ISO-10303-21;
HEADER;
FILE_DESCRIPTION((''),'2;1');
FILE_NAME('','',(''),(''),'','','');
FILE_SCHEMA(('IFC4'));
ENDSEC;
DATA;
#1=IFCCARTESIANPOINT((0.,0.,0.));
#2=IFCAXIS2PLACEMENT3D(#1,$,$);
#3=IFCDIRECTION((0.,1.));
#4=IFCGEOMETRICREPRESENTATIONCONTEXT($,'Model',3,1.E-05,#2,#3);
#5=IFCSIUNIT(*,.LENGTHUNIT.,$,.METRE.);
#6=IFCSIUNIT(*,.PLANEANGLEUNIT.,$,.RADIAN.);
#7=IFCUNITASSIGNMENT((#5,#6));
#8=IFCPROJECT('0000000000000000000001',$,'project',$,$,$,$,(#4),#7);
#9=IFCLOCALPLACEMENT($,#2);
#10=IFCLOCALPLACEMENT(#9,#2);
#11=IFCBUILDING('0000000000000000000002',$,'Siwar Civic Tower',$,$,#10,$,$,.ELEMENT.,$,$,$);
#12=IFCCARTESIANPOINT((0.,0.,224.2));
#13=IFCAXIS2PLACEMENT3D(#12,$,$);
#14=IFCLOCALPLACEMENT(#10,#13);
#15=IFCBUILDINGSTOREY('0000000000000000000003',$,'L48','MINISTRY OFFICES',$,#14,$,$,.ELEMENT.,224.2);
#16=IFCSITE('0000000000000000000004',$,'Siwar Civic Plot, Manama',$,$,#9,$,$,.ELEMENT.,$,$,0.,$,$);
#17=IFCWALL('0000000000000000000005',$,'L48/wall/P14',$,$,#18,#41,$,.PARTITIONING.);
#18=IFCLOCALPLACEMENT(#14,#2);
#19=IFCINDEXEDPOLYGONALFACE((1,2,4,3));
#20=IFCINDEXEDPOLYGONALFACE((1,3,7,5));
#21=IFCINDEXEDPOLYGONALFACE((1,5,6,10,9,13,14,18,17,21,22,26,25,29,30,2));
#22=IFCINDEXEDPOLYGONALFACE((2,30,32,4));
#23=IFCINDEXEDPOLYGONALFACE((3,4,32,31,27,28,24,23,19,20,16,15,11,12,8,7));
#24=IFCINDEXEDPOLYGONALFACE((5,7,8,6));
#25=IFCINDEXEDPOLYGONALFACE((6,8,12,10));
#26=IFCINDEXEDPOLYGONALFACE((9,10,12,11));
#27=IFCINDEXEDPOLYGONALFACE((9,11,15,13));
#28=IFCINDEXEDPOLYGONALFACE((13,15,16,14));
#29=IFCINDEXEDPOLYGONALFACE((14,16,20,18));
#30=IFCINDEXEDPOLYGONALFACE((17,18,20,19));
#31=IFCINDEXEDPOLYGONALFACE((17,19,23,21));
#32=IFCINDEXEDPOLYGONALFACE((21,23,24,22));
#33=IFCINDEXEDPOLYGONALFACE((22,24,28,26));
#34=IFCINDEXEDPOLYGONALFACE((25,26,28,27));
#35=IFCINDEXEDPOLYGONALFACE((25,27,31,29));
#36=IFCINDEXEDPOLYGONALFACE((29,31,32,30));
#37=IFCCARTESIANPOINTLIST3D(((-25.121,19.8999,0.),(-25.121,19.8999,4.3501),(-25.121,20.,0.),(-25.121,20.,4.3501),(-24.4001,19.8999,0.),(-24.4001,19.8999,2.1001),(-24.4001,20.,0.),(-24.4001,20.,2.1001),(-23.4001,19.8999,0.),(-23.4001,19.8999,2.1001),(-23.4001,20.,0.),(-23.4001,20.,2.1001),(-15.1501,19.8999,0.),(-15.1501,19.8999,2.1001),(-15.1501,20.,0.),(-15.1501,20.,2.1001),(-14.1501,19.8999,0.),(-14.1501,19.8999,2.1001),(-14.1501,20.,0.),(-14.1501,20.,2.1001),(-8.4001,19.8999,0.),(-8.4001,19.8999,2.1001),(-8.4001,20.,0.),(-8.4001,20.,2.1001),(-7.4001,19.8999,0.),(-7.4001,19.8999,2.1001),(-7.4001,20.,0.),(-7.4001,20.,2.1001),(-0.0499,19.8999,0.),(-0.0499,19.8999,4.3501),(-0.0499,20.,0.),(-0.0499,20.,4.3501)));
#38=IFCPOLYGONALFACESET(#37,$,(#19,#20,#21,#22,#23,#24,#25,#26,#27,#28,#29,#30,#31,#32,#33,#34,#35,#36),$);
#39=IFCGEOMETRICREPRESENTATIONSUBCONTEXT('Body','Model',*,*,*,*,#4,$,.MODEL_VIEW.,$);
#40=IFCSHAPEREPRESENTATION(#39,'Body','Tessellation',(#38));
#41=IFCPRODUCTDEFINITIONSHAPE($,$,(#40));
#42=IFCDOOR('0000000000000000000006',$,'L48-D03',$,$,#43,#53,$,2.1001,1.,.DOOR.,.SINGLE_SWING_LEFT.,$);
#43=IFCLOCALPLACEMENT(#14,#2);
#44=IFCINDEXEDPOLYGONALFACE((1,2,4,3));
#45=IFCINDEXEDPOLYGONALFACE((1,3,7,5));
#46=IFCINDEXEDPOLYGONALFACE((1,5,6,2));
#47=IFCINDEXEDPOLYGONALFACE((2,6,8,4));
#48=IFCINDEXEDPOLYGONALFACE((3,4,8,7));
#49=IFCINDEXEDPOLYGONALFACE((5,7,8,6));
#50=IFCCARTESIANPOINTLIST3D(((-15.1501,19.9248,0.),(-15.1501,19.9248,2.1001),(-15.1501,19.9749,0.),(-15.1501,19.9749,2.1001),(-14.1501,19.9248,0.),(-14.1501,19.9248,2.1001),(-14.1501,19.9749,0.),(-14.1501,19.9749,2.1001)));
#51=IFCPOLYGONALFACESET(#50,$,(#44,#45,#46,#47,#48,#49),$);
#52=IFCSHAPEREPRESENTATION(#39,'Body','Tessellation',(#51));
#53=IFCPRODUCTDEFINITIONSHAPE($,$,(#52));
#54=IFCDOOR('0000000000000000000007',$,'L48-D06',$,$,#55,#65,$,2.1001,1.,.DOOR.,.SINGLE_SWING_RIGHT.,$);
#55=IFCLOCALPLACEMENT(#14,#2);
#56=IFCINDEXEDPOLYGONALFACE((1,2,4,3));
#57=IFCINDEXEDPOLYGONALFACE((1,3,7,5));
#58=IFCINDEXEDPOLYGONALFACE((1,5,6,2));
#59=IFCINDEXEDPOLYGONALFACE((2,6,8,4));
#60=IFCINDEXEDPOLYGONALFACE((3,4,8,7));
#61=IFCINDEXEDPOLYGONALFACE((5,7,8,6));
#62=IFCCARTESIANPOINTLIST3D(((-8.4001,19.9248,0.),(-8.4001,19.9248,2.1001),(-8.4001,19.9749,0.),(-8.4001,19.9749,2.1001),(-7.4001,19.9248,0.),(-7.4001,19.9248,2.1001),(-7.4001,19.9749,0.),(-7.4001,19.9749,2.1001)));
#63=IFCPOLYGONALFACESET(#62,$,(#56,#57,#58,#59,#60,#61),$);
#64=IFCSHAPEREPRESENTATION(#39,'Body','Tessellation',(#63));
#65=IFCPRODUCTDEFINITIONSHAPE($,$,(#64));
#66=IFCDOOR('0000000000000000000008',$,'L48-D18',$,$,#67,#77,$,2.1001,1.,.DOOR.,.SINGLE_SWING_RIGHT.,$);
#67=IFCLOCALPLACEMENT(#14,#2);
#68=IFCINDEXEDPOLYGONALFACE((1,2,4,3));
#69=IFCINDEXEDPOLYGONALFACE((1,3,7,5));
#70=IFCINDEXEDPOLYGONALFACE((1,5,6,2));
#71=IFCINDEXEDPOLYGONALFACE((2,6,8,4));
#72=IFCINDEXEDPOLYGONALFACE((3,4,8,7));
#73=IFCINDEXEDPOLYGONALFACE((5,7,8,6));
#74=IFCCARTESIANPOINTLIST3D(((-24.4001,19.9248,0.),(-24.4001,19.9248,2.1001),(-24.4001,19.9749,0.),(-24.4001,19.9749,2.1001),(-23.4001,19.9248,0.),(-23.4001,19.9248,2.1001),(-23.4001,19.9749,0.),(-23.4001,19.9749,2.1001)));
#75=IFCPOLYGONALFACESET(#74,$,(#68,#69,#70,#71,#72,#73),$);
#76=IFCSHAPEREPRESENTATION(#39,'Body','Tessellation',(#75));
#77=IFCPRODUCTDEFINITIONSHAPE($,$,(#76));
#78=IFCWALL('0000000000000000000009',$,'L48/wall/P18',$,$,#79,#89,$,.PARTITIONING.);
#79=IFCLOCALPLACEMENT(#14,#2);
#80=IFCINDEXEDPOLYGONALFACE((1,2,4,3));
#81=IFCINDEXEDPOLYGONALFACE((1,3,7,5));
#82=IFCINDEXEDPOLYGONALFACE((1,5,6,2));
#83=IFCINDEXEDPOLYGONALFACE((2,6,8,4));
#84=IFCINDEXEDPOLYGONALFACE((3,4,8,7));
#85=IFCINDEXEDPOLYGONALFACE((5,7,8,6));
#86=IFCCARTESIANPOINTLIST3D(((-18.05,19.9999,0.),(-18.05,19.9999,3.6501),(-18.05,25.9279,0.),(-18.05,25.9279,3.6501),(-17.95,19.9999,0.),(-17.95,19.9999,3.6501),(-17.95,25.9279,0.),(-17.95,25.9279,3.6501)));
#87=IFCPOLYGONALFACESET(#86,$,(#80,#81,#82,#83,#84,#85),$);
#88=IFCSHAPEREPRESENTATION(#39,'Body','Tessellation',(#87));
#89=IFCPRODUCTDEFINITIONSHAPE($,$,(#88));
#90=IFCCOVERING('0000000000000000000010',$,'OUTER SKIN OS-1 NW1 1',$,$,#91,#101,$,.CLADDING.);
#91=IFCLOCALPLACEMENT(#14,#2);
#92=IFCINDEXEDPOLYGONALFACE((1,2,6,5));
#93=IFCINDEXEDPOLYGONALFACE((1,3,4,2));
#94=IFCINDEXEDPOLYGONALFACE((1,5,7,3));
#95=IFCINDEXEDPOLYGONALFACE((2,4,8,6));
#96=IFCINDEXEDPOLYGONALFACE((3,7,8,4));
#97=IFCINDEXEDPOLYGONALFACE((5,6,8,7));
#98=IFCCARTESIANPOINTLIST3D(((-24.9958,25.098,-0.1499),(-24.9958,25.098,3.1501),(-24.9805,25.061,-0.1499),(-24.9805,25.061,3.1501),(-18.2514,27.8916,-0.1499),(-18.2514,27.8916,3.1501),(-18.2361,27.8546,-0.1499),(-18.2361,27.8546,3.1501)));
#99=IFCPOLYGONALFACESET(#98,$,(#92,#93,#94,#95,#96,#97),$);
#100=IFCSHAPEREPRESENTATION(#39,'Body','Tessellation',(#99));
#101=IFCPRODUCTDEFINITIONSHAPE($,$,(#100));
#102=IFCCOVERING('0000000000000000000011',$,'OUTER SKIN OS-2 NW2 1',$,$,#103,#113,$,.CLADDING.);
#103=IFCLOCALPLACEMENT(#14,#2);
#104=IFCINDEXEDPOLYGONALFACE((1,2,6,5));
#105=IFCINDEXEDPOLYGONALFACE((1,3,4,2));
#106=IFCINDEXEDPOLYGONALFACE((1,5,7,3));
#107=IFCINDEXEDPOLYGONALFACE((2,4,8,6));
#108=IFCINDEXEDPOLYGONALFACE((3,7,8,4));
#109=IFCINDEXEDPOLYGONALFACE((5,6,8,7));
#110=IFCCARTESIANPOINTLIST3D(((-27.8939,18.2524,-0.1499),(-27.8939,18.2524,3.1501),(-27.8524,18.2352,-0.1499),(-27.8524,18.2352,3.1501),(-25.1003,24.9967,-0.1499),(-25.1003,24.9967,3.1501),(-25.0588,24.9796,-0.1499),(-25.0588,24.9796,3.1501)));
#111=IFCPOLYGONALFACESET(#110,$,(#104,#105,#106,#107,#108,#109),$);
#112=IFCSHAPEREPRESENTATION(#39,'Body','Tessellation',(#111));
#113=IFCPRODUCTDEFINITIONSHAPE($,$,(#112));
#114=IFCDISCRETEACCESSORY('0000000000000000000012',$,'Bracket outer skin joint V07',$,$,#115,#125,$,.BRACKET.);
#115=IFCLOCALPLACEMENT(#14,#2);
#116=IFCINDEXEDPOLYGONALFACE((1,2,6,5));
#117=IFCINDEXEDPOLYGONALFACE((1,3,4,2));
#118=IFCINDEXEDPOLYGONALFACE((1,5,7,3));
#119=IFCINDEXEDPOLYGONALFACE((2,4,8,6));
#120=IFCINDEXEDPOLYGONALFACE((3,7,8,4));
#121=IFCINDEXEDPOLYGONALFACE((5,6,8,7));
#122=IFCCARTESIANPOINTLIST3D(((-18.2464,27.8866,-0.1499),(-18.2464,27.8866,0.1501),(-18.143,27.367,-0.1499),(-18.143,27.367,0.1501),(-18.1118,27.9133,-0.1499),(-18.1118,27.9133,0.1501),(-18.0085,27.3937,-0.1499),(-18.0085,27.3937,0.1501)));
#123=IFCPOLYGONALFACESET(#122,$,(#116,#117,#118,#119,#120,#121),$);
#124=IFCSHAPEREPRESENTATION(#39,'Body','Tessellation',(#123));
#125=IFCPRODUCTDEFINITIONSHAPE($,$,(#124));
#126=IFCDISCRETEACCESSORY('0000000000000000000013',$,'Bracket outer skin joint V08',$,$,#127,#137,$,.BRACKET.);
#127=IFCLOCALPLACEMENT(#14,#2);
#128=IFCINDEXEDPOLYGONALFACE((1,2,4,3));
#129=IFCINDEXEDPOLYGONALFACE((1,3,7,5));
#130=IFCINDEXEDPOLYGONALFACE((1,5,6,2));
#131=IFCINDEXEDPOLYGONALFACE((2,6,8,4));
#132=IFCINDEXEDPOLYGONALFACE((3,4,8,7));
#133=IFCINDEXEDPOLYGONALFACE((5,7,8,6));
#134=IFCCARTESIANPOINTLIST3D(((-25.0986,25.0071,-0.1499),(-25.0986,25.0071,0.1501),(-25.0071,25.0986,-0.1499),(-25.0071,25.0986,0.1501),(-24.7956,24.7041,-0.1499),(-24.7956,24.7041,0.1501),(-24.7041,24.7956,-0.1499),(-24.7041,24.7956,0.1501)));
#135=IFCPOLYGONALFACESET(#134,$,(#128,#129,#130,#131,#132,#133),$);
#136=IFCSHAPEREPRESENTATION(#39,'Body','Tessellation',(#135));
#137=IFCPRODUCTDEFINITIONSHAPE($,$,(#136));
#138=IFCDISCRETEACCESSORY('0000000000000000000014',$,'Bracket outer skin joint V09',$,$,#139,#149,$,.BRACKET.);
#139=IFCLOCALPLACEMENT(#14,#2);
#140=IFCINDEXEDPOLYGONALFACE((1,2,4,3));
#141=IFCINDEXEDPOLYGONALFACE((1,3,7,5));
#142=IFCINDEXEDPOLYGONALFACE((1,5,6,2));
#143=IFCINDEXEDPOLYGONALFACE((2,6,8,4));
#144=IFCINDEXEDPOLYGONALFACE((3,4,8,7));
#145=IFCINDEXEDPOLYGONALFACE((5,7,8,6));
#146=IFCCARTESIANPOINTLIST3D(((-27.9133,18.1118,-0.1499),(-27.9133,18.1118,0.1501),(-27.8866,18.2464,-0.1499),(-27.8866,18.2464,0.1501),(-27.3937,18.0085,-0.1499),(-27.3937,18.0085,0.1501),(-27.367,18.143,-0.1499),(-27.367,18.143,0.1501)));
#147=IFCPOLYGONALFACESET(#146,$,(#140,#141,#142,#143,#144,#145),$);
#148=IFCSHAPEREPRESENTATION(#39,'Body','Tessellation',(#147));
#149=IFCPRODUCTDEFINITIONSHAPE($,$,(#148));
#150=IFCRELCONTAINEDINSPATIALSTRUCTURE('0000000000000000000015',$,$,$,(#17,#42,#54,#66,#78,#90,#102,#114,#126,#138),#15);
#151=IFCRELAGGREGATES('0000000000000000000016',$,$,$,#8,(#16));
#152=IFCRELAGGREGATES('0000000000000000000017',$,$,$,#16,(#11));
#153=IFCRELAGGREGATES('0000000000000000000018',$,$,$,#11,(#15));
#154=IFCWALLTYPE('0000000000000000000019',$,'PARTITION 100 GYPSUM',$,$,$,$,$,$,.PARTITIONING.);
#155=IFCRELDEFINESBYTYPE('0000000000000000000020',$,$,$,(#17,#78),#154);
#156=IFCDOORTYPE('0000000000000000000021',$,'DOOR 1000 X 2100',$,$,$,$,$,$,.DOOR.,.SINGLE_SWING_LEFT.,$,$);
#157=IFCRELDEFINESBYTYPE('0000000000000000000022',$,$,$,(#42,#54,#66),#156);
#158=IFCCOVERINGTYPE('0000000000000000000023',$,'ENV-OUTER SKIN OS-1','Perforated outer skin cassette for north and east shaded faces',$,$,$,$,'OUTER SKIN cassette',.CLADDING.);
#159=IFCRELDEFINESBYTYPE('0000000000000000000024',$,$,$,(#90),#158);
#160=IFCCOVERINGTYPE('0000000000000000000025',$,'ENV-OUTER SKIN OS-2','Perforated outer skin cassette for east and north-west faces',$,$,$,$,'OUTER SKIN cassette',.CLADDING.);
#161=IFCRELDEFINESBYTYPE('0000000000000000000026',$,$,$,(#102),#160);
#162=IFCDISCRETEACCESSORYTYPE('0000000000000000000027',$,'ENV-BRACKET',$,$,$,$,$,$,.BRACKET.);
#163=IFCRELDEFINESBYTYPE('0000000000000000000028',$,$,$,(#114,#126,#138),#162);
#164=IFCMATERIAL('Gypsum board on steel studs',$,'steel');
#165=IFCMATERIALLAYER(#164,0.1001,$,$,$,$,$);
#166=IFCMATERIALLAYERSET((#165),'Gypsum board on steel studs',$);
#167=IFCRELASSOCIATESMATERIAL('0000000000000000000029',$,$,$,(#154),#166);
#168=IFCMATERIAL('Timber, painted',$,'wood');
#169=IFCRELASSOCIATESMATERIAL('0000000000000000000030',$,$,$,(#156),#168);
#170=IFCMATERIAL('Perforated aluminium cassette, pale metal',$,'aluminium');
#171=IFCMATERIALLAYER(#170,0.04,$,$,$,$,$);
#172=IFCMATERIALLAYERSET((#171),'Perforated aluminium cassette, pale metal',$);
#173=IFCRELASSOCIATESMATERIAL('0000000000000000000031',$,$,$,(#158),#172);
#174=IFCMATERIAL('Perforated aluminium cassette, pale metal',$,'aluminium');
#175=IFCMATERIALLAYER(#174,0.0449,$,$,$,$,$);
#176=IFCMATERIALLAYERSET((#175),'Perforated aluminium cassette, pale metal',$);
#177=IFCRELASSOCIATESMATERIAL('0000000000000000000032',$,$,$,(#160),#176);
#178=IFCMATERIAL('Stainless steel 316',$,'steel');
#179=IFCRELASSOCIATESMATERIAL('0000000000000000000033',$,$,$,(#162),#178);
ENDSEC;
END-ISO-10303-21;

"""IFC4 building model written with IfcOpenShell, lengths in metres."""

from ifc_helpers import new_model, si_unit, direction, frame, frame_2d, origin, origin_2d, place, context, subcontext, project, spatial, rectangle, extrude, material, layer, layer_set, type_object, element, fill, save


model = new_model("IFC4")

# Units and contexts
model_context = context("Model", 3, precision=1e-05, world=origin(), true_north=direction((0.0, 1.0)))
body_context = subcontext(model_context, "Body", "Model", "MODEL_VIEW")
ifc_project = project(units=[si_unit("LENGTHUNIT", "METRE"), si_unit("PLANEANGLEUNIT", "RADIAN")], contexts=[model_context])

# Site, building, storey
site_placement = place(None, origin())
site = spatial("IfcSite", under=ifc_project, at=site_placement, Name="Siwar Civic Plot, Manama", CompositionType="ELEMENT", RefElevation=0.0)
building_placement = place(site_placement, origin())
building = spatial("IfcBuilding", under=site, at=building_placement, Name="Siwar Civic Tower", CompositionType="ELEMENT")
storey_placement = place(building_placement, frame((0.0, 0.0, 224.2)))
storey = spatial("IfcBuildingStorey", under=building, at=storey_placement, Name="L48", Description="MINISTRY OFFICES", CompositionType="ELEMENT", Elevation=224.2)

# Wall, openings, doors
ifc_material_1 = material(Name="Gypsum board on steel studs", Category="steel")
ifc_layer_1 = layer(ifc_material_1, 0.1001)
ifc_layer_set_1 = layer_set([ifc_layer_1], Name="Gypsum board on steel studs")
wall_type = type_object("IfcWallType", Name="PARTITION 100 GYPSUM", PredefinedType="PARTITIONING", material=ifc_layer_set_1)
wall_1_placement = place(storey_placement, frame((-25.1211, 19.95, 0.0), z_axis=(0.0, 0.0, 1.0), x_axis=(1.0, 0.0, 0.0)))
wall_1 = element("IfcWall", 1, at=wall_1_placement, inside=storey, type_object=wall_type, Name="L48/wall/P14", PredefinedType="PARTITIONING", context=body_context, shape_type="SweptSolid", body=[
    extrude(rectangle(XDim=25.071, YDim=0.1001, at=frame_2d((12.5356, 0.0))), origin(), (0.0, 0.0, 1.0), 4.3501),
])
opening_1_placement = place(wall_1_placement, frame((9.9709, 0.0, 0.0)))
opening_1 = element("IfcOpeningElement", 2, at=opening_1_placement, cuts=wall_1, PredefinedType="OPENING", context=body_context, shape_type="SweptSolid", body=[
    extrude(rectangle(XDim=1.0, YDim=2.1001, at=frame_2d((0.5, 1.05))), frame((0.0, 0.0601, 0.0), z_axis=(0.0, -1.0, 0.0), x_axis=(1.0, 0.0, 0.0)), (0.0, 0.0, 1.0), 0.1201),
])
opening_2_placement = place(wall_1_placement, frame((16.7209, 0.0, 0.0)))
opening_2 = element("IfcOpeningElement", 3, at=opening_2_placement, cuts=wall_1, PredefinedType="OPENING", context=body_context, shape_type="SweptSolid", body=[
    extrude(rectangle(XDim=1.0, YDim=2.1001, at=frame_2d((0.5, 1.05))), frame((0.0, 0.0601, 0.0), z_axis=(0.0, -1.0, 0.0), x_axis=(1.0, 0.0, 0.0)), (0.0, 0.0, 1.0), 0.1201),
])
opening_3_placement = place(wall_1_placement, frame((0.7209, 0.0, 0.0)))
opening_3 = element("IfcOpeningElement", 4, at=opening_3_placement, cuts=wall_1, PredefinedType="OPENING", context=body_context, shape_type="SweptSolid", body=[
    extrude(rectangle(XDim=1.0, YDim=2.1001, at=frame_2d((0.5, 1.05))), frame((0.0, 0.0601, 0.0), z_axis=(0.0, -1.0, 0.0), x_axis=(1.0, 0.0, 0.0)), (0.0, 0.0, 1.0), 0.1201),
])
ifc_material_2 = material(Name="Timber, painted", Category="wood")
door_type = type_object("IfcDoorType", Name="DOOR 1000 X 2100", OperationType="SINGLE_SWING_LEFT", PredefinedType="DOOR", material=ifc_material_2)
door_1_placement = place(opening_1_placement, origin())
door_1 = element("IfcDoor", 5, at=door_1_placement, inside=storey, type_object=door_type, Name="L48-D03", OperationType="SINGLE_SWING_LEFT", OverallHeight=2.1001, OverallWidth=1.0, PredefinedType="DOOR", context=body_context, shape_type="SweptSolid", body=[
    extrude(rectangle(XDim=1.0, YDim=2.1001, at=frame_2d((0.5, 1.05))), frame((0.0, 0.0249, 0.0), z_axis=(0.0, -1.0, 0.0), x_axis=(1.0, 0.0, 0.0)), (0.0, 0.0, 1.0), 0.05),
])
fill(opening_1, door_1)
door_2_placement = place(opening_2_placement, origin())
door_2 = element("IfcDoor", 6, at=door_2_placement, inside=storey, type_object=door_type, Name="L48-D06", OperationType="SINGLE_SWING_RIGHT", OverallHeight=2.1001, OverallWidth=1.0, PredefinedType="DOOR", context=body_context, shape_type="SweptSolid", body=[
    extrude(rectangle(XDim=1.0, YDim=2.1001, at=frame_2d((0.5, 1.05))), frame((0.0, 0.0249, 0.0), z_axis=(0.0, -1.0, 0.0), x_axis=(1.0, 0.0, 0.0)), (0.0, 0.0, 1.0), 0.05),
])
fill(opening_2, door_2)
door_3_placement = place(opening_3_placement, origin())
door_3 = element("IfcDoor", 7, at=door_3_placement, inside=storey, type_object=door_type, Name="L48-D18", OperationType="SINGLE_SWING_RIGHT", OverallHeight=2.1001, OverallWidth=1.0, PredefinedType="DOOR", context=body_context, shape_type="SweptSolid", body=[
    extrude(rectangle(XDim=1.0, YDim=2.1001, at=frame_2d((0.5, 1.05))), frame((0.0, 0.0249, 0.0), z_axis=(0.0, -1.0, 0.0), x_axis=(1.0, 0.0, 0.0)), (0.0, 0.0, 1.0), 0.05),
])
fill(opening_3, door_3)

# Wall
wall_2_placement = place(storey_placement, frame((-18.0, 20.0, 0.0), z_axis=(0.0, 0.0, 1.0), x_axis=(0.0, 1.0, 0.0)))
element("IfcWall", 8, at=wall_2_placement, inside=storey, type_object=wall_type, Name="L48/wall/P18", PredefinedType="PARTITIONING", context=body_context, shape_type="SweptSolid", body=[
    extrude(rectangle(XDim=5.928, YDim=0.1001, at=frame_2d((2.9639, 0.0))), origin(), (0.0, 0.0, 1.0), 3.6501),
])

# Coverings
ifc_material_3 = material(Name="Perforated aluminium cassette, pale metal", Category="aluminium")
ifc_layer_2 = layer(ifc_material_3, 0.04)
ifc_layer_set_2 = layer_set([ifc_layer_2], Name="Perforated aluminium cassette, pale metal")
covering_type_1 = type_object("IfcCoveringType", Name="ENV-OUTER SKIN OS-1", Description="Perforated outer skin cassette for north and east shaded faces", ElementType="OUTER SKIN cassette", PredefinedType="CLADDING", material=ifc_layer_set_2)
covering_1_placement = place(storey_placement, frame((-21.616, 26.4763, -0.1499), z_axis=(0.0, 0.0, 1.0), x_axis=(-0.92388, -0.382683, 0.0)))
element("IfcCovering", 9, at=covering_1_placement, inside=storey, type_object=covering_type_1, Name="OUTER SKIN OS-1 NW1 1", PredefinedType="CLADDING", context=body_context, shape_type="SweptSolid", body=[
    extrude(rectangle(XDim=7.3, YDim=0.04, at=origin_2d()), origin(), (0.0, 0.0, 1.0), 3.3),
])
ifc_material_4 = material(Name="Perforated aluminium cassette, pale metal", Category="aluminium")
ifc_layer_3 = layer(ifc_material_4, 0.0449)
ifc_layer_set_3 = layer_set([ifc_layer_3], Name="Perforated aluminium cassette, pale metal")
covering_type_2 = type_object("IfcCoveringType", Name="ENV-OUTER SKIN OS-2", Description="Perforated outer skin cassette for east and north-west faces", ElementType="OUTER SKIN cassette", PredefinedType="CLADDING", material=ifc_layer_set_3)
covering_2_placement = place(storey_placement, frame((-26.4763, 21.616, -0.1499), z_axis=(0.0, 0.0, 1.0), x_axis=(-0.382683, -0.92388, 0.0)))
element("IfcCovering", 10, at=covering_2_placement, inside=storey, type_object=covering_type_2, Name="OUTER SKIN OS-2 NW2 1", PredefinedType="CLADDING", context=body_context, shape_type="SweptSolid", body=[
    extrude(rectangle(XDim=7.3, YDim=0.0449, at=origin_2d()), origin(), (0.0, 0.0, 1.0), 3.3),
])

# Discrete accessories
ifc_material_5 = material(Name="Stainless steel 316", Category="steel")
discrete_accessory_type = type_object("IfcDiscreteAccessoryType", Name="ENV-BRACKET", PredefinedType="BRACKET", material=ifc_material_5)
discrete_accessory_1_placement = place(storey_placement, frame((-18.1274, 27.6401, -0.1499), z_axis=(0.0, 0.0, 1.0), x_axis=(-0.19509, 0.980785, 0.0)))
element("IfcDiscreteAccessory", 11, at=discrete_accessory_1_placement, inside=storey, type_object=discrete_accessory_type, Name="Bracket outer skin joint V07", PredefinedType="BRACKET", context=body_context, shape_type="SweptSolid", body=[
    extrude(rectangle(XDim=0.5298, YDim=0.1372, at=origin_2d()), origin(), (0.0, 0.0, 1.0), 0.3),
])
discrete_accessory_2_placement = place(storey_placement, frame((-24.9014, 24.9014, -0.1499), z_axis=(0.0, 0.0, 1.0), x_axis=(-0.707107, 0.707107, 0.0)))
element("IfcDiscreteAccessory", 12, at=discrete_accessory_2_placement, inside=storey, type_object=discrete_accessory_type, Name="Bracket outer skin joint V08", PredefinedType="BRACKET", context=body_context, shape_type="SweptSolid", body=[
    extrude(rectangle(XDim=0.4285, YDim=0.1294, at=origin_2d()), origin(), (0.0, 0.0, 1.0), 0.3),
])
discrete_accessory_3_placement = place(storey_placement, frame((-27.6401, 18.1274, -0.1499), z_axis=(0.0, 0.0, 1.0), x_axis=(-0.980785, 0.19509, 0.0)))
element("IfcDiscreteAccessory", 13, at=discrete_accessory_3_placement, inside=storey, type_object=discrete_accessory_type, Name="Bracket outer skin joint V09", PredefinedType="BRACKET", context=body_context, shape_type="SweptSolid", body=[
    extrude(rectangle(XDim=0.5298, YDim=0.1372, at=origin_2d()), origin(), (0.0, 0.0, 1.0), 0.3),
])

save(model, "model.ifc")
